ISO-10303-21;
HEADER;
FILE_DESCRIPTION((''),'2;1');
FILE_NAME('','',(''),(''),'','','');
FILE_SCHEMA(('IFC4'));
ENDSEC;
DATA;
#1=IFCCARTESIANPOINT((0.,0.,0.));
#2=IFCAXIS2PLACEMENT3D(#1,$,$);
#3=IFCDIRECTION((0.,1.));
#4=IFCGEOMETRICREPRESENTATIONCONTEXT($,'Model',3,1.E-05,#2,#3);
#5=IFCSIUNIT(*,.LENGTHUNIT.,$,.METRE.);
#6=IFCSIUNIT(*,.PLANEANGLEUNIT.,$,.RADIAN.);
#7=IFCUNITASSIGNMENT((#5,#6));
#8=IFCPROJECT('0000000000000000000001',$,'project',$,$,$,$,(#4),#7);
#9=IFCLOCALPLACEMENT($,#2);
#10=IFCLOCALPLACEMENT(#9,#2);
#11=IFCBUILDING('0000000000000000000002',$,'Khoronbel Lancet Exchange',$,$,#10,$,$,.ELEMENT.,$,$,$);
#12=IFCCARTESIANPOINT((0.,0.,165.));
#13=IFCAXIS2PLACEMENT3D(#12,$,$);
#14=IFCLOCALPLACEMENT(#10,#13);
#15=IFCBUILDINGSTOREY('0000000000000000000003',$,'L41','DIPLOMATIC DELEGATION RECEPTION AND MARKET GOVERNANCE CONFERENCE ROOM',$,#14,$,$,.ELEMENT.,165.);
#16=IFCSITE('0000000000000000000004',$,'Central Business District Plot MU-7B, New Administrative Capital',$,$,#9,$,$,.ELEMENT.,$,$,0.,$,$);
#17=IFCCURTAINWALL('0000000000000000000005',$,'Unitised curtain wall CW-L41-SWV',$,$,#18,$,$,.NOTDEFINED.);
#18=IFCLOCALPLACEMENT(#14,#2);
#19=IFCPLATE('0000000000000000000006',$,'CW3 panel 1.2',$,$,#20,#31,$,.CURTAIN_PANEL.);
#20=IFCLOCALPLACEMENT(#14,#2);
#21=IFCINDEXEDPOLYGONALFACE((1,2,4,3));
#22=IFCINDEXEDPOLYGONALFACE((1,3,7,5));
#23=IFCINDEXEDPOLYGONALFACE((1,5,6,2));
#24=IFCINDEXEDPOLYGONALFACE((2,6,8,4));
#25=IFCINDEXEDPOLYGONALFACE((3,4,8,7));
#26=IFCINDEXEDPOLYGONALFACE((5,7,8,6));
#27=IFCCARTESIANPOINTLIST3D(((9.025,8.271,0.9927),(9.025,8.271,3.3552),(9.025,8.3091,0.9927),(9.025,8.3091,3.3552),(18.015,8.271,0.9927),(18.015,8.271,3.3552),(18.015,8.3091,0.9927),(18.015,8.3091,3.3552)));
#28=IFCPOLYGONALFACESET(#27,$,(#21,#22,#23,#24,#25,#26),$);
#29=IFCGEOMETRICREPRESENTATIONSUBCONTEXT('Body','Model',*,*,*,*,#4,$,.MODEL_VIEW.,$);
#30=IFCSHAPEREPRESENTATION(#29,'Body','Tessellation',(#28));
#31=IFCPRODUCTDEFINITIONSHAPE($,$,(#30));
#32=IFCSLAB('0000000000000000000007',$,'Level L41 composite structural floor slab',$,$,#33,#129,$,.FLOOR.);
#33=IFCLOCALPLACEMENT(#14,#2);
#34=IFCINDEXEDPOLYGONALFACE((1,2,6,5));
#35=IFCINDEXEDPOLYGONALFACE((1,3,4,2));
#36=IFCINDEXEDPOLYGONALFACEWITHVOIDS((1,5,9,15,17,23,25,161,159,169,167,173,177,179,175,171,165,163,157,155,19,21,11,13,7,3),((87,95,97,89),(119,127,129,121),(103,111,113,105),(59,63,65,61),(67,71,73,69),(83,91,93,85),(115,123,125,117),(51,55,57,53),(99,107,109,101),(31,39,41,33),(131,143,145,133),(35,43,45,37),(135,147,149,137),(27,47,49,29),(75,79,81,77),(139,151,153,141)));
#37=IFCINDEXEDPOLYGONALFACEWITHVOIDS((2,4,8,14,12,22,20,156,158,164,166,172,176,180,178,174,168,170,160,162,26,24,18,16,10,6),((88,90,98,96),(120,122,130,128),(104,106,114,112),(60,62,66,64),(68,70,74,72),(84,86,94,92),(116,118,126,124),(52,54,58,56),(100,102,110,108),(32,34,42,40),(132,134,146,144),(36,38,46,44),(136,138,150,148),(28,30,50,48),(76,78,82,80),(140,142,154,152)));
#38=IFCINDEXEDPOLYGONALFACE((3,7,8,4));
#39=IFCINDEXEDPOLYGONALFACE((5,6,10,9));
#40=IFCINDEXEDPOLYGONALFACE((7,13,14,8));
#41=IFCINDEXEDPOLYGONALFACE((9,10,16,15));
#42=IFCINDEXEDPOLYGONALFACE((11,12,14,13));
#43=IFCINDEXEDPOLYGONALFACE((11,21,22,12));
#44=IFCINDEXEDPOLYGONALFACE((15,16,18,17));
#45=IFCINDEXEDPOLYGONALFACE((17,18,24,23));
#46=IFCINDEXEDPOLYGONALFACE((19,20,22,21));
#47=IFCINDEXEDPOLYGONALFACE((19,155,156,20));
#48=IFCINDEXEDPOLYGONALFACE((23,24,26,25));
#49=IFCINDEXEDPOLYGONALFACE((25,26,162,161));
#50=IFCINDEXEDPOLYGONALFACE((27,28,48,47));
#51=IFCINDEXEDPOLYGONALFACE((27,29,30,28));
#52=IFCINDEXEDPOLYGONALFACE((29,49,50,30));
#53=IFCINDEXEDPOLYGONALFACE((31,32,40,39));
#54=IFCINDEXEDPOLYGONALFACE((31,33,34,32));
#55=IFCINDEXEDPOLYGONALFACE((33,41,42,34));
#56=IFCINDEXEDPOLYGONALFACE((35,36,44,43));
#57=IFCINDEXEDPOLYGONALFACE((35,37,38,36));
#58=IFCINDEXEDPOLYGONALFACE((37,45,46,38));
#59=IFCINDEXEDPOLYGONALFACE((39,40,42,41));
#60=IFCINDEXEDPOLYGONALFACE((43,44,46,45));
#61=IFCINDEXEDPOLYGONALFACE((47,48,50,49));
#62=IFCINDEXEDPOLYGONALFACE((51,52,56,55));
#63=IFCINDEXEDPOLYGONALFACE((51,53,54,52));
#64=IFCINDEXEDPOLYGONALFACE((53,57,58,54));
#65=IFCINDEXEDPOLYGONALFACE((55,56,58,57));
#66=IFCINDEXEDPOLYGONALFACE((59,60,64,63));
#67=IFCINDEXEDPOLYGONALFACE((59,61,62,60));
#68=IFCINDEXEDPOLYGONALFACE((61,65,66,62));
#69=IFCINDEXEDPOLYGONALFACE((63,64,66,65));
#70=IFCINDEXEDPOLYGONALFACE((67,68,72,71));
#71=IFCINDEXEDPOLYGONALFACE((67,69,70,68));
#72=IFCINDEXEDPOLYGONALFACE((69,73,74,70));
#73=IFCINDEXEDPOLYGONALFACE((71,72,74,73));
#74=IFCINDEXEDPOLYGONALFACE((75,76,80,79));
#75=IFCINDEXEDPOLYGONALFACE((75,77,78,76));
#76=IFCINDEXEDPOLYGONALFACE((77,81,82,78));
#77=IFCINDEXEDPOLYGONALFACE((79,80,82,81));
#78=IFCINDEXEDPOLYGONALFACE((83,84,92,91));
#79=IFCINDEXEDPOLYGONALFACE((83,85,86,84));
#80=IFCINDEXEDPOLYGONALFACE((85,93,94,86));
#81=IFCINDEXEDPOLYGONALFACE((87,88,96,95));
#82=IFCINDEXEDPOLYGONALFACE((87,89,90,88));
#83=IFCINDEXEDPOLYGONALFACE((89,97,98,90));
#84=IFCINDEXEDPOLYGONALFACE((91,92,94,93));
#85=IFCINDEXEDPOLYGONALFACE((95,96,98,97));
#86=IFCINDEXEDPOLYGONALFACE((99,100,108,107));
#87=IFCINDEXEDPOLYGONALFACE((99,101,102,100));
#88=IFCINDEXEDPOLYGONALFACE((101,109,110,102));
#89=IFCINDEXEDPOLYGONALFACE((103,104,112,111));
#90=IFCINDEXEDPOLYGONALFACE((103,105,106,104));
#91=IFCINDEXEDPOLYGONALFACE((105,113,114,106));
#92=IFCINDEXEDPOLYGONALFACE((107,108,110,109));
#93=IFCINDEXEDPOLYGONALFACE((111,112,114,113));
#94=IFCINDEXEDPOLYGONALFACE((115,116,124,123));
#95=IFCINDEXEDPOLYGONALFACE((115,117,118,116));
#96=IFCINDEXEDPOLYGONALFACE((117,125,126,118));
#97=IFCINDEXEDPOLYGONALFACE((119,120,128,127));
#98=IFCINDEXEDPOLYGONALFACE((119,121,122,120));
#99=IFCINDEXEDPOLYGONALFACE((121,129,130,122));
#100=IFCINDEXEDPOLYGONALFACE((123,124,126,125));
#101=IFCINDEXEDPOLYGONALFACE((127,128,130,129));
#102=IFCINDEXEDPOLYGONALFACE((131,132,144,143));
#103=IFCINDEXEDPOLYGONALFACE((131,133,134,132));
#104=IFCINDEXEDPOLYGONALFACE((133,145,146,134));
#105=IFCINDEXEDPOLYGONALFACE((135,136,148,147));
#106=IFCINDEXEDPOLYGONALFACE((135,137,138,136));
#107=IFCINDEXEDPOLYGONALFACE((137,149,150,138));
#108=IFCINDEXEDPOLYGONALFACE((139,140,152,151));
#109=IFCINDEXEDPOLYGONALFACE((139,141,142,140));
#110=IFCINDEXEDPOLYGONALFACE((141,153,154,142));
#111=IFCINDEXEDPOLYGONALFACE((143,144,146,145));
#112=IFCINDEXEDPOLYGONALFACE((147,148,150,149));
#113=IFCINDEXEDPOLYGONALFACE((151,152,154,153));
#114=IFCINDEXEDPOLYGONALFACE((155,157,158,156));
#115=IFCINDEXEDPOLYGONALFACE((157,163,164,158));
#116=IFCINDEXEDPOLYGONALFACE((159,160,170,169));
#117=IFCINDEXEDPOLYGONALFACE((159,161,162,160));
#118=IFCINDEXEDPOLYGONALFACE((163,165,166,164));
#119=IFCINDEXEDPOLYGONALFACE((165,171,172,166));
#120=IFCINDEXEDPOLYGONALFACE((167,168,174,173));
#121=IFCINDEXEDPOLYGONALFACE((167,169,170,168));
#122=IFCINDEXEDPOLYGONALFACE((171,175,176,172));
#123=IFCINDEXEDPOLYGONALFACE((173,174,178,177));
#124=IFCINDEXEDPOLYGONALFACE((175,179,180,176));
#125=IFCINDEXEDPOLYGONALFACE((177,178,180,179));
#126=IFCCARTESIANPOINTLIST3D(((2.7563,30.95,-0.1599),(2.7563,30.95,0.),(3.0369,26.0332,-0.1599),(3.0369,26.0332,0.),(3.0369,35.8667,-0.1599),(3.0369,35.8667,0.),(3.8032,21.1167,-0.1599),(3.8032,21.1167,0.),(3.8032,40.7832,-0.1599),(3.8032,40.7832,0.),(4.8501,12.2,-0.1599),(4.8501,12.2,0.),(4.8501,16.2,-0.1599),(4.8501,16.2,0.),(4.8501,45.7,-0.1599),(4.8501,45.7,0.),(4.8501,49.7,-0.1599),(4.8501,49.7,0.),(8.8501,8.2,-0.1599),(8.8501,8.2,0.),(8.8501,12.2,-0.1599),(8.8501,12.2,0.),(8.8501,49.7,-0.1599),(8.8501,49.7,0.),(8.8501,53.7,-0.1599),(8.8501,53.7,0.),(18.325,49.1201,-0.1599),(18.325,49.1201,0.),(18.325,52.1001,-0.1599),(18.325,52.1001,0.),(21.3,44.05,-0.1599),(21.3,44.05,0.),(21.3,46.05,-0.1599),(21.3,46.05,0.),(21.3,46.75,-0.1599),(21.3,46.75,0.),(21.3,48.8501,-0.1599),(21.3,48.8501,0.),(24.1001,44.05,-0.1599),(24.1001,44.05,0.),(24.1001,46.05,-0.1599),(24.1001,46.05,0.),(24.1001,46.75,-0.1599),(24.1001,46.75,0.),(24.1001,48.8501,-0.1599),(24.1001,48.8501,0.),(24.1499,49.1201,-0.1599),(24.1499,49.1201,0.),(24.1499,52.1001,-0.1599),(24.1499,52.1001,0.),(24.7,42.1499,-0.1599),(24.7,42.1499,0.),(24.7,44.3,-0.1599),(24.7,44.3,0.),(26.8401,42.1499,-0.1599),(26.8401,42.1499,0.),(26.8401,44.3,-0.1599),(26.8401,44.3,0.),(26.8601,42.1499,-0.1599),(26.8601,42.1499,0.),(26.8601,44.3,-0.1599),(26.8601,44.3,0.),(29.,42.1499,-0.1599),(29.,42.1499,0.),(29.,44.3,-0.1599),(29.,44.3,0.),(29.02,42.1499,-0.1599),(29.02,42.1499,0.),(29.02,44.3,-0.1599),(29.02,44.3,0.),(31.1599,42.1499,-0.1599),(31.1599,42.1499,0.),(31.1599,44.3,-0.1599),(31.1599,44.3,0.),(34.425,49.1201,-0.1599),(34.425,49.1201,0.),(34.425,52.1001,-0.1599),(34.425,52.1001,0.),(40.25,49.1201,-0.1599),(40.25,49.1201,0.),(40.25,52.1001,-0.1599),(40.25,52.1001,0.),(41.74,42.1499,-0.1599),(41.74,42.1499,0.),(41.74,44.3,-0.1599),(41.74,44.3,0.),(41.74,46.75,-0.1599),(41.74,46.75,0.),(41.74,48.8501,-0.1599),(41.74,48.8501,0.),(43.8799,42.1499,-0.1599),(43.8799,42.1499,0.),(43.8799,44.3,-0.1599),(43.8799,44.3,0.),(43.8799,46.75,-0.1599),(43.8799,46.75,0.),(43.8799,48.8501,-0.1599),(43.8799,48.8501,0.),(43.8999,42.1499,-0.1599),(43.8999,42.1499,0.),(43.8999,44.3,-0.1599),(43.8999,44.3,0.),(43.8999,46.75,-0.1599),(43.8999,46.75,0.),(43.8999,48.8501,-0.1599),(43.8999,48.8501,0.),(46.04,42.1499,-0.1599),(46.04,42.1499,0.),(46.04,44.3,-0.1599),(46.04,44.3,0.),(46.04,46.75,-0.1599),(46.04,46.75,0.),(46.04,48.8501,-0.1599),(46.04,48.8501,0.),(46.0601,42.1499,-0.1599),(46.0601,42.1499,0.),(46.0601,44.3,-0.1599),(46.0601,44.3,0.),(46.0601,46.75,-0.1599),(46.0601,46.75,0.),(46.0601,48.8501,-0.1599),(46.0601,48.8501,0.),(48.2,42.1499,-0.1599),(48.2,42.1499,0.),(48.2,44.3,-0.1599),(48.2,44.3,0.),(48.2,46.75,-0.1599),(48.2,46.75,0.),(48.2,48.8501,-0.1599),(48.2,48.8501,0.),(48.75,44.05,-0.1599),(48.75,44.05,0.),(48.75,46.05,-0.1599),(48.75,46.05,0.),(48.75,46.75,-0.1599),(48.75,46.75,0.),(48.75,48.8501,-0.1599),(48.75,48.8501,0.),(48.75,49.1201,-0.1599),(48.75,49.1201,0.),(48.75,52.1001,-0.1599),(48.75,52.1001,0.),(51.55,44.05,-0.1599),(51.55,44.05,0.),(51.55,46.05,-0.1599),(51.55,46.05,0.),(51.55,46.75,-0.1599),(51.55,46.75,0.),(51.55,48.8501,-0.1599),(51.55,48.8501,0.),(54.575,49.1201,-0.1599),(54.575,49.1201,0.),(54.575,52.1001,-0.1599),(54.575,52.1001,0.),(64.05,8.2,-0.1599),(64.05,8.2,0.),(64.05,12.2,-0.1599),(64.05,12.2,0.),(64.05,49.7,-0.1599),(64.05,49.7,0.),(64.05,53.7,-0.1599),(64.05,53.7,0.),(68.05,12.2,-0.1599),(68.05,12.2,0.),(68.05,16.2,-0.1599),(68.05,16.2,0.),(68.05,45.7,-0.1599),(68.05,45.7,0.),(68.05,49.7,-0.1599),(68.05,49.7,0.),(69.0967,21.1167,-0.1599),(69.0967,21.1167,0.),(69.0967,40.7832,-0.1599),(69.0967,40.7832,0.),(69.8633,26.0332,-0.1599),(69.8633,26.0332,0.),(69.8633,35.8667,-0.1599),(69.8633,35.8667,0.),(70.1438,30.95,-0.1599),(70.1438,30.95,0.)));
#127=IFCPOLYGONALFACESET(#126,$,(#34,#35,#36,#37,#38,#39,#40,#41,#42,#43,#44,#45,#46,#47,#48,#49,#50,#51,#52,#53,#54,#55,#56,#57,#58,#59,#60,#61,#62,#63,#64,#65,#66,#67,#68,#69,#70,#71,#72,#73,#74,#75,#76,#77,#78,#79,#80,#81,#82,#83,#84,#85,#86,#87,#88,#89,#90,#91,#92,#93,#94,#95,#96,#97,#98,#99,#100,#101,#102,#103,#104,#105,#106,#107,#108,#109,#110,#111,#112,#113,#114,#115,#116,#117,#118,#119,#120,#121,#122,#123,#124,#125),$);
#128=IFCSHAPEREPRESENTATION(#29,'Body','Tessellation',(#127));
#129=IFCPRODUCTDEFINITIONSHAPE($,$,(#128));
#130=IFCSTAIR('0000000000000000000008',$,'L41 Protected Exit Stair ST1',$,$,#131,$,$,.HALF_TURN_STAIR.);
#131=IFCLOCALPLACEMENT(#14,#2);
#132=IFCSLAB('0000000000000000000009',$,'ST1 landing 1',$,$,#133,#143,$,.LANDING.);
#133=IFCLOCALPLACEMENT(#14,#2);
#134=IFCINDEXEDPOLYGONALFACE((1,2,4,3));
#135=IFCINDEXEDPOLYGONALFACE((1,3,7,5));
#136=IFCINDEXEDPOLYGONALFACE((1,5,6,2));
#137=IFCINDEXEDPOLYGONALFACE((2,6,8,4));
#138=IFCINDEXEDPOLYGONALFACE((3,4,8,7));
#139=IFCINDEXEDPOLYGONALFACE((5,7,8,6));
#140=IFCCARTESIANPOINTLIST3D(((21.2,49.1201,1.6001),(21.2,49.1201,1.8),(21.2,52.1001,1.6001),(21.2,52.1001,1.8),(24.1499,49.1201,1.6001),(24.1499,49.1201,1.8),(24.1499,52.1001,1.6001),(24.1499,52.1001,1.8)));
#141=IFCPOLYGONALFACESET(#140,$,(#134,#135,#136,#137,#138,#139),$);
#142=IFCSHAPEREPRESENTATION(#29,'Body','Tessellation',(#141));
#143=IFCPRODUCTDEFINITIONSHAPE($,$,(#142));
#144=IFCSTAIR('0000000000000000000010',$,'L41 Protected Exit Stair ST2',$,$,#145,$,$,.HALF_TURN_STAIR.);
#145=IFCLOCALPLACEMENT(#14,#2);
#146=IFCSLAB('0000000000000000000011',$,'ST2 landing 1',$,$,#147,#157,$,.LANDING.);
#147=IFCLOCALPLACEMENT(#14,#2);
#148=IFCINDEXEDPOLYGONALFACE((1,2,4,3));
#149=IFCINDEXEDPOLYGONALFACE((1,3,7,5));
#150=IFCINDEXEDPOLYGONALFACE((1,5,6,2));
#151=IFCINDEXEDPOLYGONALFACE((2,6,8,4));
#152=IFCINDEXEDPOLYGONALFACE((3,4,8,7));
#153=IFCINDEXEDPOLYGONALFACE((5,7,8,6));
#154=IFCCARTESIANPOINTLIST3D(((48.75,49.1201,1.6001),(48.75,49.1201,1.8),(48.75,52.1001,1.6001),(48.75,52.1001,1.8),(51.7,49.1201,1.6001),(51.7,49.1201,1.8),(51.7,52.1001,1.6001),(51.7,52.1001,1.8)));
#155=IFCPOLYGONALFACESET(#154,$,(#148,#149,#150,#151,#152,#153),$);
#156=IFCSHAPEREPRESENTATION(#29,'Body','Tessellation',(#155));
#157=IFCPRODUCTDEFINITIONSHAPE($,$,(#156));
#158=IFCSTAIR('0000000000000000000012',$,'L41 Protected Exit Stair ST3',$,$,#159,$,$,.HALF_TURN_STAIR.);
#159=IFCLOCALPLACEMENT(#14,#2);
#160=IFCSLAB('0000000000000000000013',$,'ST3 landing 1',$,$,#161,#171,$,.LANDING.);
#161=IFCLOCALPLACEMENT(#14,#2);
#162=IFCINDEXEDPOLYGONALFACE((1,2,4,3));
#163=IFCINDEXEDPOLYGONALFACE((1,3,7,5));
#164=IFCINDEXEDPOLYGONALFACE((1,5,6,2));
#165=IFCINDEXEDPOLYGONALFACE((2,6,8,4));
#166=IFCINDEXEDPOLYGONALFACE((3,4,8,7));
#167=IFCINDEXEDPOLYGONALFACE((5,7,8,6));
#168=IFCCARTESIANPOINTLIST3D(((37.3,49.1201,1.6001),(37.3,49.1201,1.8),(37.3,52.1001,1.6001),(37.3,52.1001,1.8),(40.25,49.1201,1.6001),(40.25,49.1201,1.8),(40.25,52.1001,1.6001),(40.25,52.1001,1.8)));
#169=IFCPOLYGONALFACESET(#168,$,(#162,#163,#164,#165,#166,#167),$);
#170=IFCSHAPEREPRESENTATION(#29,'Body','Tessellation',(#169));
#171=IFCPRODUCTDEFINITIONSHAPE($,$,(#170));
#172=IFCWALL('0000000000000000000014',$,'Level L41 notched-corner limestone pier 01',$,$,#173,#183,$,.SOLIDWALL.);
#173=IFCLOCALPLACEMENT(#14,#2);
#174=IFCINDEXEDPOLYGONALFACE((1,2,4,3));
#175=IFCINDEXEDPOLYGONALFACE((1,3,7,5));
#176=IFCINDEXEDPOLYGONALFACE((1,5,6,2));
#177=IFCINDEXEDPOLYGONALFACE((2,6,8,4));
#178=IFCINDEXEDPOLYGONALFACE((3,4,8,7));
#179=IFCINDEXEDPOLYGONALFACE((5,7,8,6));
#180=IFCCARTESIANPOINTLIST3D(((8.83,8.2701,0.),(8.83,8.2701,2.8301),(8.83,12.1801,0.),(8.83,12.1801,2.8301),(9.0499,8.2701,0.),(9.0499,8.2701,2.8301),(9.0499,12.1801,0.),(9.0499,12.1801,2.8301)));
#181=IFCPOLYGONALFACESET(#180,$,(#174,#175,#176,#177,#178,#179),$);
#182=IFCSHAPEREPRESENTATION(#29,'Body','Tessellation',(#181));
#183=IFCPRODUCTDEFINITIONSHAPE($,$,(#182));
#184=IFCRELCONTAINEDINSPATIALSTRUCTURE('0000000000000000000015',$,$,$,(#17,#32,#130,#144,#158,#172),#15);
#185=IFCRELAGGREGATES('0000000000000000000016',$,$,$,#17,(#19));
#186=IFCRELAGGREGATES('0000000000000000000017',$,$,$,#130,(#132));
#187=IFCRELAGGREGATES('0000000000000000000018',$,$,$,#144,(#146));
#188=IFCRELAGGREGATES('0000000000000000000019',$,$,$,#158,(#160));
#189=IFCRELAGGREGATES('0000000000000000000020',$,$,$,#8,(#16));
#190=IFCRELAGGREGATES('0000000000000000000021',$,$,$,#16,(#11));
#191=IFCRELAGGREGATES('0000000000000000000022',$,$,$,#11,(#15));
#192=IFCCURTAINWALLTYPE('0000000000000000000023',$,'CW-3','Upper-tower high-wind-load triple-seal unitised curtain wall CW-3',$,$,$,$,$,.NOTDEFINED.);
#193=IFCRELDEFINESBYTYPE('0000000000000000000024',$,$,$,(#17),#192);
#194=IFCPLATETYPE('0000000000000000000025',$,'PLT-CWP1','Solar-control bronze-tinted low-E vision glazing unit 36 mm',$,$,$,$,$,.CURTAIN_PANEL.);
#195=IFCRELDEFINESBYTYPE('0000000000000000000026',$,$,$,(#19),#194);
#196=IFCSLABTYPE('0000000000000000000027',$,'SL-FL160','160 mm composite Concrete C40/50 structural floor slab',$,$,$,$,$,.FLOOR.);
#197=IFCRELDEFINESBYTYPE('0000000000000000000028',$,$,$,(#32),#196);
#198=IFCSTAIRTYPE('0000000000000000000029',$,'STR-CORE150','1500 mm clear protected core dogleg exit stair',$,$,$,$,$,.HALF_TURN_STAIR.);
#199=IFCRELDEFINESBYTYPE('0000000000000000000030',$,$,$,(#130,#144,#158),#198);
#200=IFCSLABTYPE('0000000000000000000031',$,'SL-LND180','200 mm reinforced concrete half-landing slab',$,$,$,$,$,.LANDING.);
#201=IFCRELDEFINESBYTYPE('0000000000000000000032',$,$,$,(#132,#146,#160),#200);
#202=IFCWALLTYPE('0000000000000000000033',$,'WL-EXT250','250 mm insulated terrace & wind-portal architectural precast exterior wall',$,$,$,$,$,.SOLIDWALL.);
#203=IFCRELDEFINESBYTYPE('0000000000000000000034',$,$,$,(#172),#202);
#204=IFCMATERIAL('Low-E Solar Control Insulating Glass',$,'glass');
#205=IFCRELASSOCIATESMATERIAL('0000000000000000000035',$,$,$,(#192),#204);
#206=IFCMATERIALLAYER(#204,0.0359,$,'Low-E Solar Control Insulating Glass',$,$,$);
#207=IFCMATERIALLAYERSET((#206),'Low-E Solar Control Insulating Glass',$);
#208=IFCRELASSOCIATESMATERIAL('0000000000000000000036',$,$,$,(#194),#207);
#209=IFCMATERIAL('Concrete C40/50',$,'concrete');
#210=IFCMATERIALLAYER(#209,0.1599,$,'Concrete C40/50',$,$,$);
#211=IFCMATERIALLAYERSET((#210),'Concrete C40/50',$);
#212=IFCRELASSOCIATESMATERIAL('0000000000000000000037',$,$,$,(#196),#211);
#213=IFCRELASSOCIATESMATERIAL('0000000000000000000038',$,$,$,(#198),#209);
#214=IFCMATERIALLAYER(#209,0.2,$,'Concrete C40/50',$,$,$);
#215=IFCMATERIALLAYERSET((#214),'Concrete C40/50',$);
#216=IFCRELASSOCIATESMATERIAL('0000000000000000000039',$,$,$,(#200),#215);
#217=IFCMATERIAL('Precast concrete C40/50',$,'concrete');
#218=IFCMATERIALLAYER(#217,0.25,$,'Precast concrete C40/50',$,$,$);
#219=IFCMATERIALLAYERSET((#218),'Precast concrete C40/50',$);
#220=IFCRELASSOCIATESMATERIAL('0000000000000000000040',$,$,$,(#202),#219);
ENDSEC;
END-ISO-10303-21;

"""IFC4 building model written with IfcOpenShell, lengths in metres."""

from ifc_helpers import new_model, si_unit, direction, frame, frame_2d, origin, origin_2d, place, context, subcontext, project, spatial, polyline, rectangle, outline, extrude, material, layer, layer_set, type_object, element, aggregate, save


model = new_model("IFC4")

# Units and contexts
model_context = context("Model", 3, precision=1e-05, world=origin(), true_north=direction((0.0, 1.0)))
body_context = subcontext(model_context, "Body", "Model", "MODEL_VIEW")
ifc_project = project(units=[si_unit("LENGTHUNIT", "METRE"), si_unit("PLANEANGLEUNIT", "RADIAN")], contexts=[model_context])

# Site, building, storey
site_placement = place(None, origin())
site = spatial("IfcSite", under=ifc_project, at=site_placement, Name="Central Business District Plot MU-7B, New Administrative Capital", CompositionType="ELEMENT", RefElevation=0.0)
building_placement = place(site_placement, origin())
building = spatial("IfcBuilding", under=site, at=building_placement, Name="Khoronbel Lancet Exchange", CompositionType="ELEMENT")
storey_placement = place(building_placement, frame((0.0, 0.0, 165.0)))
storey = spatial("IfcBuildingStorey", under=building, at=storey_placement, Name="L41", Description="DIPLOMATIC DELEGATION RECEPTION AND MARKET GOVERNANCE CONFERENCE ROOM", CompositionType="ELEMENT", Elevation=165.0)

# Curtain wall
ifc_material_1 = material(Name="Low-E Solar Control Insulating Glass", Category="glass")
curtain_wall_type = type_object("IfcCurtainWallType", Name="CW-3", Description="Upper-tower high-wind-load triple-seal unitised curtain wall CW-3", PredefinedType="NOTDEFINED", material=ifc_material_1)
curtain_wall_1_placement = place(storey_placement, origin())
curtain_wall_1 = element("IfcCurtainWall", 1, at=curtain_wall_1_placement, inside=storey, type_object=curtain_wall_type, Name="Unitised curtain wall CW-L41-SWV", PredefinedType="NOTDEFINED")

# Plate
ifc_layer_1 = layer(ifc_material_1, 0.0359, Name="Low-E Solar Control Insulating Glass")
ifc_layer_set_1 = layer_set([ifc_layer_1], Name="Low-E Solar Control Insulating Glass")
plate_type = type_object("IfcPlateType", Name="PLT-CWP1", Description="Solar-control bronze-tinted low-E vision glazing unit 36 mm", PredefinedType="CURTAIN_PANEL", material=ifc_layer_set_1)
plate_1_placement = place(storey_placement, frame((13.52, 8.29, 0.9927), z_axis=(0.0, 0.0, 1.0), x_axis=(1.0, 0.0, 0.0)))
plate_1 = element("IfcPlate", 2, at=plate_1_placement, type_object=plate_type, Name="CW3 panel 1.2", PredefinedType="CURTAIN_PANEL", context=body_context, shape_type="SweptSolid", body=[
    extrude(rectangle(XDim=8.99, YDim=0.0381, at=origin_2d()), origin(), (0.0, 0.0, 1.0), 2.3625),
])
aggregate(curtain_wall_1, [plate_1])

# Slab
ifc_material_2 = material(Name="Concrete C40/50", Category="concrete")
ifc_layer_2 = layer(ifc_material_2, 0.1599, Name="Concrete C40/50")
ifc_layer_set_2 = layer_set([ifc_layer_2], Name="Concrete C40/50")
slab_type_1 = type_object("IfcSlabType", Name="SL-FL160", Description="160 mm composite Concrete C40/50 structural floor slab", PredefinedType="FLOOR", material=ifc_layer_set_2)
slab_1_placement = place(storey_placement, frame((0.0, 0.0, -0.1599)))
element("IfcSlab", 3, at=slab_1_placement, inside=storey, type_object=slab_type_1, Name="Level L41 composite structural floor slab", PredefinedType="FLOOR", context=body_context, shape_type="SweptSolid", body=[
    extrude(outline(polyline([(8.8501, 8.2), (64.05, 8.2), (64.05, 12.2), (68.05, 12.2), (68.05, 16.2), (69.0967, 21.1167), (69.8633, 26.0332), (70.1438, 30.95), (69.8633, 35.8667), (69.0967, 40.7832), (68.05, 45.7), (68.05, 49.7), (64.05, 49.7), (64.05, 53.7), (8.8501, 53.7), (8.8501, 49.7), (4.8501, 49.7), (4.8501, 45.7), (3.8032, 40.7832), (3.0369, 35.8667), (2.7563, 30.95), (3.0369, 26.0332), (3.8032, 21.1167), (4.8501, 16.2), (4.8501, 12.2), (8.8501, 12.2), (8.8501, 8.2)]), holes=[polyline([(18.325, 49.1201), (24.1499, 49.1201), (24.1499, 52.1001), (18.325, 52.1001), (18.325, 49.1201)]), polyline([(48.75, 49.1201), (54.575, 49.1201), (54.575, 52.1001), (48.75, 52.1001), (48.75, 49.1201)]), polyline([(34.425, 49.1201), (40.25, 49.1201), (40.25, 52.1001), (34.425, 52.1001), (34.425, 49.1201)]), polyline([(24.7, 42.1499), (26.8401, 42.1499), (26.8401, 44.3), (24.7, 44.3), (24.7, 42.1499)]), polyline([(26.8601, 42.1499), (29.0, 42.1499), (29.0, 44.3), (26.8601, 44.3), (26.8601, 42.1499)]), polyline([(29.02, 42.1499), (31.1599, 42.1499), (31.1599, 44.3), (29.02, 44.3), (29.02, 42.1499)]), polyline([(41.74, 46.75), (43.8799, 46.75), (43.8799, 48.8501), (41.74, 48.8501), (41.74, 46.75)]), polyline([(43.8999, 46.75), (46.04, 46.75), (46.04, 48.8501), (43.8999, 48.8501), (43.8999, 46.75)]), polyline([(46.0601, 46.75), (48.2, 46.75), (48.2, 48.8501), (46.0601, 48.8501), (46.0601, 46.75)]), polyline([(41.74, 42.1499), (43.8799, 42.1499), (43.8799, 44.3), (41.74, 44.3), (41.74, 42.1499)]), polyline([(43.8999, 42.1499), (46.04, 42.1499), (46.04, 44.3), (43.8999, 44.3), (43.8999, 42.1499)]), polyline([(46.0601, 42.1499), (48.2, 42.1499), (48.2, 44.3), (46.0601, 44.3), (46.0601, 42.1499)]), polyline([(21.3, 46.75), (24.1001, 46.75), (24.1001, 48.8501), (21.3, 48.8501), (21.3, 46.75)]), polyline([(48.75, 46.75), (51.55, 46.75), (51.55, 48.8501), (48.75, 48.8501), (48.75, 46.75)]), polyline([(21.3, 44.05), (24.1001, 44.05), (24.1001, 46.05), (21.3, 46.05), (21.3, 44.05)]), polyline([(48.75, 44.05), (51.55, 44.05), (51.55, 46.05), (48.75, 46.05), (48.75, 44.05)])]), origin(), (0.0, 0.0, 1.0), 0.1599),
])

# Stairs, slabs
stair_type = type_object("IfcStairType", Name="STR-CORE150", Description="1500 mm clear protected core dogleg exit stair", PredefinedType="HALF_TURN_STAIR", material=ifc_material_2)
stair_1_placement = place(storey_placement, origin())
stair_1 = element("IfcStair", 4, at=stair_1_placement, inside=storey, type_object=stair_type, Name="L41 Protected Exit Stair ST1", PredefinedType="HALF_TURN_STAIR")
ifc_layer_3 = layer(ifc_material_2, 0.2, Name="Concrete C40/50")
ifc_layer_set_3 = layer_set([ifc_layer_3], Name="Concrete C40/50")
slab_type_2 = type_object("IfcSlabType", Name="SL-LND180", Description="200 mm reinforced concrete half-landing slab", PredefinedType="LANDING", material=ifc_layer_set_3)
slab_2_placement = place(storey_placement, frame((0.0, 0.0, 1.6001)))
slab_2 = element("IfcSlab", 5, at=slab_2_placement, type_object=slab_type_2, Name="ST1 landing 1", PredefinedType="LANDING", context=body_context, shape_type="SweptSolid", body=[
    extrude(outline(polyline([(21.2, 49.1201), (24.1499, 49.1201), (24.1499, 52.1001), (21.2, 52.1001), (21.2, 49.1201)])), origin(), (0.0, 0.0, 1.0), 0.2),
])
aggregate(stair_1, [slab_2])
stair_2_placement = place(storey_placement, origin())
stair_2 = element("IfcStair", 6, at=stair_2_placement, inside=storey, type_object=stair_type, Name="L41 Protected Exit Stair ST2", PredefinedType="HALF_TURN_STAIR")
slab_3_placement = place(storey_placement, frame((0.0, 0.0, 1.6001)))
slab_3 = element("IfcSlab", 7, at=slab_3_placement, type_object=slab_type_2, Name="ST2 landing 1", PredefinedType="LANDING", context=body_context, shape_type="SweptSolid", body=[
    extrude(outline(polyline([(51.7, 52.1001), (48.75, 52.1001), (48.75, 49.1201), (51.7, 49.1201), (51.7, 52.1001)])), origin(), (0.0, 0.0, 1.0), 0.2),
])
aggregate(stair_2, [slab_3])
stair_3_placement = place(storey_placement, origin())
stair_3 = element("IfcStair", 8, at=stair_3_placement, inside=storey, type_object=stair_type, Name="L41 Protected Exit Stair ST3", PredefinedType="HALF_TURN_STAIR")
slab_4_placement = place(storey_placement, frame((0.0, 0.0, 1.6001)))
slab_4 = element("IfcSlab", 9, at=slab_4_placement, type_object=slab_type_2, Name="ST3 landing 1", PredefinedType="LANDING", context=body_context, shape_type="SweptSolid", body=[
    extrude(outline(polyline([(37.3, 49.1201), (40.25, 49.1201), (40.25, 52.1001), (37.3, 52.1001), (37.3, 49.1201)])), origin(), (0.0, 0.0, 1.0), 0.2),
])
aggregate(stair_3, [slab_4])

# Wall
ifc_material_3 = material(Name="Precast concrete C40/50", Category="concrete")
ifc_layer_4 = layer(ifc_material_3, 0.25, Name="Precast concrete C40/50")
ifc_layer_set_4 = layer_set([ifc_layer_4], Name="Precast concrete C40/50")
wall_type_1 = type_object("IfcWallType", Name="WL-EXT250", Description="250 mm insulated terrace & wind-portal architectural precast exterior wall", PredefinedType="SOLIDWALL", material=ifc_layer_set_4)
wall_1_placement = place(storey_placement, frame((8.9399, 8.27, 0.0), z_axis=(0.0, 0.0, 1.0), x_axis=(0.0, 1.0, 0.0)))
element("IfcWall", 10, at=wall_1_placement, inside=storey, type_object=wall_type_1, Name="Level L41 notched-corner limestone pier 01", PredefinedType="SOLIDWALL", context=body_context, shape_type="SweptSolid", body=[
    extrude(rectangle(XDim=3.9099, YDim=0.22, at=frame_2d((1.9551, 0.0))), origin(), (0.0, 0.0, 1.0), 2.8301),
])

save(model, "model.ifc")
